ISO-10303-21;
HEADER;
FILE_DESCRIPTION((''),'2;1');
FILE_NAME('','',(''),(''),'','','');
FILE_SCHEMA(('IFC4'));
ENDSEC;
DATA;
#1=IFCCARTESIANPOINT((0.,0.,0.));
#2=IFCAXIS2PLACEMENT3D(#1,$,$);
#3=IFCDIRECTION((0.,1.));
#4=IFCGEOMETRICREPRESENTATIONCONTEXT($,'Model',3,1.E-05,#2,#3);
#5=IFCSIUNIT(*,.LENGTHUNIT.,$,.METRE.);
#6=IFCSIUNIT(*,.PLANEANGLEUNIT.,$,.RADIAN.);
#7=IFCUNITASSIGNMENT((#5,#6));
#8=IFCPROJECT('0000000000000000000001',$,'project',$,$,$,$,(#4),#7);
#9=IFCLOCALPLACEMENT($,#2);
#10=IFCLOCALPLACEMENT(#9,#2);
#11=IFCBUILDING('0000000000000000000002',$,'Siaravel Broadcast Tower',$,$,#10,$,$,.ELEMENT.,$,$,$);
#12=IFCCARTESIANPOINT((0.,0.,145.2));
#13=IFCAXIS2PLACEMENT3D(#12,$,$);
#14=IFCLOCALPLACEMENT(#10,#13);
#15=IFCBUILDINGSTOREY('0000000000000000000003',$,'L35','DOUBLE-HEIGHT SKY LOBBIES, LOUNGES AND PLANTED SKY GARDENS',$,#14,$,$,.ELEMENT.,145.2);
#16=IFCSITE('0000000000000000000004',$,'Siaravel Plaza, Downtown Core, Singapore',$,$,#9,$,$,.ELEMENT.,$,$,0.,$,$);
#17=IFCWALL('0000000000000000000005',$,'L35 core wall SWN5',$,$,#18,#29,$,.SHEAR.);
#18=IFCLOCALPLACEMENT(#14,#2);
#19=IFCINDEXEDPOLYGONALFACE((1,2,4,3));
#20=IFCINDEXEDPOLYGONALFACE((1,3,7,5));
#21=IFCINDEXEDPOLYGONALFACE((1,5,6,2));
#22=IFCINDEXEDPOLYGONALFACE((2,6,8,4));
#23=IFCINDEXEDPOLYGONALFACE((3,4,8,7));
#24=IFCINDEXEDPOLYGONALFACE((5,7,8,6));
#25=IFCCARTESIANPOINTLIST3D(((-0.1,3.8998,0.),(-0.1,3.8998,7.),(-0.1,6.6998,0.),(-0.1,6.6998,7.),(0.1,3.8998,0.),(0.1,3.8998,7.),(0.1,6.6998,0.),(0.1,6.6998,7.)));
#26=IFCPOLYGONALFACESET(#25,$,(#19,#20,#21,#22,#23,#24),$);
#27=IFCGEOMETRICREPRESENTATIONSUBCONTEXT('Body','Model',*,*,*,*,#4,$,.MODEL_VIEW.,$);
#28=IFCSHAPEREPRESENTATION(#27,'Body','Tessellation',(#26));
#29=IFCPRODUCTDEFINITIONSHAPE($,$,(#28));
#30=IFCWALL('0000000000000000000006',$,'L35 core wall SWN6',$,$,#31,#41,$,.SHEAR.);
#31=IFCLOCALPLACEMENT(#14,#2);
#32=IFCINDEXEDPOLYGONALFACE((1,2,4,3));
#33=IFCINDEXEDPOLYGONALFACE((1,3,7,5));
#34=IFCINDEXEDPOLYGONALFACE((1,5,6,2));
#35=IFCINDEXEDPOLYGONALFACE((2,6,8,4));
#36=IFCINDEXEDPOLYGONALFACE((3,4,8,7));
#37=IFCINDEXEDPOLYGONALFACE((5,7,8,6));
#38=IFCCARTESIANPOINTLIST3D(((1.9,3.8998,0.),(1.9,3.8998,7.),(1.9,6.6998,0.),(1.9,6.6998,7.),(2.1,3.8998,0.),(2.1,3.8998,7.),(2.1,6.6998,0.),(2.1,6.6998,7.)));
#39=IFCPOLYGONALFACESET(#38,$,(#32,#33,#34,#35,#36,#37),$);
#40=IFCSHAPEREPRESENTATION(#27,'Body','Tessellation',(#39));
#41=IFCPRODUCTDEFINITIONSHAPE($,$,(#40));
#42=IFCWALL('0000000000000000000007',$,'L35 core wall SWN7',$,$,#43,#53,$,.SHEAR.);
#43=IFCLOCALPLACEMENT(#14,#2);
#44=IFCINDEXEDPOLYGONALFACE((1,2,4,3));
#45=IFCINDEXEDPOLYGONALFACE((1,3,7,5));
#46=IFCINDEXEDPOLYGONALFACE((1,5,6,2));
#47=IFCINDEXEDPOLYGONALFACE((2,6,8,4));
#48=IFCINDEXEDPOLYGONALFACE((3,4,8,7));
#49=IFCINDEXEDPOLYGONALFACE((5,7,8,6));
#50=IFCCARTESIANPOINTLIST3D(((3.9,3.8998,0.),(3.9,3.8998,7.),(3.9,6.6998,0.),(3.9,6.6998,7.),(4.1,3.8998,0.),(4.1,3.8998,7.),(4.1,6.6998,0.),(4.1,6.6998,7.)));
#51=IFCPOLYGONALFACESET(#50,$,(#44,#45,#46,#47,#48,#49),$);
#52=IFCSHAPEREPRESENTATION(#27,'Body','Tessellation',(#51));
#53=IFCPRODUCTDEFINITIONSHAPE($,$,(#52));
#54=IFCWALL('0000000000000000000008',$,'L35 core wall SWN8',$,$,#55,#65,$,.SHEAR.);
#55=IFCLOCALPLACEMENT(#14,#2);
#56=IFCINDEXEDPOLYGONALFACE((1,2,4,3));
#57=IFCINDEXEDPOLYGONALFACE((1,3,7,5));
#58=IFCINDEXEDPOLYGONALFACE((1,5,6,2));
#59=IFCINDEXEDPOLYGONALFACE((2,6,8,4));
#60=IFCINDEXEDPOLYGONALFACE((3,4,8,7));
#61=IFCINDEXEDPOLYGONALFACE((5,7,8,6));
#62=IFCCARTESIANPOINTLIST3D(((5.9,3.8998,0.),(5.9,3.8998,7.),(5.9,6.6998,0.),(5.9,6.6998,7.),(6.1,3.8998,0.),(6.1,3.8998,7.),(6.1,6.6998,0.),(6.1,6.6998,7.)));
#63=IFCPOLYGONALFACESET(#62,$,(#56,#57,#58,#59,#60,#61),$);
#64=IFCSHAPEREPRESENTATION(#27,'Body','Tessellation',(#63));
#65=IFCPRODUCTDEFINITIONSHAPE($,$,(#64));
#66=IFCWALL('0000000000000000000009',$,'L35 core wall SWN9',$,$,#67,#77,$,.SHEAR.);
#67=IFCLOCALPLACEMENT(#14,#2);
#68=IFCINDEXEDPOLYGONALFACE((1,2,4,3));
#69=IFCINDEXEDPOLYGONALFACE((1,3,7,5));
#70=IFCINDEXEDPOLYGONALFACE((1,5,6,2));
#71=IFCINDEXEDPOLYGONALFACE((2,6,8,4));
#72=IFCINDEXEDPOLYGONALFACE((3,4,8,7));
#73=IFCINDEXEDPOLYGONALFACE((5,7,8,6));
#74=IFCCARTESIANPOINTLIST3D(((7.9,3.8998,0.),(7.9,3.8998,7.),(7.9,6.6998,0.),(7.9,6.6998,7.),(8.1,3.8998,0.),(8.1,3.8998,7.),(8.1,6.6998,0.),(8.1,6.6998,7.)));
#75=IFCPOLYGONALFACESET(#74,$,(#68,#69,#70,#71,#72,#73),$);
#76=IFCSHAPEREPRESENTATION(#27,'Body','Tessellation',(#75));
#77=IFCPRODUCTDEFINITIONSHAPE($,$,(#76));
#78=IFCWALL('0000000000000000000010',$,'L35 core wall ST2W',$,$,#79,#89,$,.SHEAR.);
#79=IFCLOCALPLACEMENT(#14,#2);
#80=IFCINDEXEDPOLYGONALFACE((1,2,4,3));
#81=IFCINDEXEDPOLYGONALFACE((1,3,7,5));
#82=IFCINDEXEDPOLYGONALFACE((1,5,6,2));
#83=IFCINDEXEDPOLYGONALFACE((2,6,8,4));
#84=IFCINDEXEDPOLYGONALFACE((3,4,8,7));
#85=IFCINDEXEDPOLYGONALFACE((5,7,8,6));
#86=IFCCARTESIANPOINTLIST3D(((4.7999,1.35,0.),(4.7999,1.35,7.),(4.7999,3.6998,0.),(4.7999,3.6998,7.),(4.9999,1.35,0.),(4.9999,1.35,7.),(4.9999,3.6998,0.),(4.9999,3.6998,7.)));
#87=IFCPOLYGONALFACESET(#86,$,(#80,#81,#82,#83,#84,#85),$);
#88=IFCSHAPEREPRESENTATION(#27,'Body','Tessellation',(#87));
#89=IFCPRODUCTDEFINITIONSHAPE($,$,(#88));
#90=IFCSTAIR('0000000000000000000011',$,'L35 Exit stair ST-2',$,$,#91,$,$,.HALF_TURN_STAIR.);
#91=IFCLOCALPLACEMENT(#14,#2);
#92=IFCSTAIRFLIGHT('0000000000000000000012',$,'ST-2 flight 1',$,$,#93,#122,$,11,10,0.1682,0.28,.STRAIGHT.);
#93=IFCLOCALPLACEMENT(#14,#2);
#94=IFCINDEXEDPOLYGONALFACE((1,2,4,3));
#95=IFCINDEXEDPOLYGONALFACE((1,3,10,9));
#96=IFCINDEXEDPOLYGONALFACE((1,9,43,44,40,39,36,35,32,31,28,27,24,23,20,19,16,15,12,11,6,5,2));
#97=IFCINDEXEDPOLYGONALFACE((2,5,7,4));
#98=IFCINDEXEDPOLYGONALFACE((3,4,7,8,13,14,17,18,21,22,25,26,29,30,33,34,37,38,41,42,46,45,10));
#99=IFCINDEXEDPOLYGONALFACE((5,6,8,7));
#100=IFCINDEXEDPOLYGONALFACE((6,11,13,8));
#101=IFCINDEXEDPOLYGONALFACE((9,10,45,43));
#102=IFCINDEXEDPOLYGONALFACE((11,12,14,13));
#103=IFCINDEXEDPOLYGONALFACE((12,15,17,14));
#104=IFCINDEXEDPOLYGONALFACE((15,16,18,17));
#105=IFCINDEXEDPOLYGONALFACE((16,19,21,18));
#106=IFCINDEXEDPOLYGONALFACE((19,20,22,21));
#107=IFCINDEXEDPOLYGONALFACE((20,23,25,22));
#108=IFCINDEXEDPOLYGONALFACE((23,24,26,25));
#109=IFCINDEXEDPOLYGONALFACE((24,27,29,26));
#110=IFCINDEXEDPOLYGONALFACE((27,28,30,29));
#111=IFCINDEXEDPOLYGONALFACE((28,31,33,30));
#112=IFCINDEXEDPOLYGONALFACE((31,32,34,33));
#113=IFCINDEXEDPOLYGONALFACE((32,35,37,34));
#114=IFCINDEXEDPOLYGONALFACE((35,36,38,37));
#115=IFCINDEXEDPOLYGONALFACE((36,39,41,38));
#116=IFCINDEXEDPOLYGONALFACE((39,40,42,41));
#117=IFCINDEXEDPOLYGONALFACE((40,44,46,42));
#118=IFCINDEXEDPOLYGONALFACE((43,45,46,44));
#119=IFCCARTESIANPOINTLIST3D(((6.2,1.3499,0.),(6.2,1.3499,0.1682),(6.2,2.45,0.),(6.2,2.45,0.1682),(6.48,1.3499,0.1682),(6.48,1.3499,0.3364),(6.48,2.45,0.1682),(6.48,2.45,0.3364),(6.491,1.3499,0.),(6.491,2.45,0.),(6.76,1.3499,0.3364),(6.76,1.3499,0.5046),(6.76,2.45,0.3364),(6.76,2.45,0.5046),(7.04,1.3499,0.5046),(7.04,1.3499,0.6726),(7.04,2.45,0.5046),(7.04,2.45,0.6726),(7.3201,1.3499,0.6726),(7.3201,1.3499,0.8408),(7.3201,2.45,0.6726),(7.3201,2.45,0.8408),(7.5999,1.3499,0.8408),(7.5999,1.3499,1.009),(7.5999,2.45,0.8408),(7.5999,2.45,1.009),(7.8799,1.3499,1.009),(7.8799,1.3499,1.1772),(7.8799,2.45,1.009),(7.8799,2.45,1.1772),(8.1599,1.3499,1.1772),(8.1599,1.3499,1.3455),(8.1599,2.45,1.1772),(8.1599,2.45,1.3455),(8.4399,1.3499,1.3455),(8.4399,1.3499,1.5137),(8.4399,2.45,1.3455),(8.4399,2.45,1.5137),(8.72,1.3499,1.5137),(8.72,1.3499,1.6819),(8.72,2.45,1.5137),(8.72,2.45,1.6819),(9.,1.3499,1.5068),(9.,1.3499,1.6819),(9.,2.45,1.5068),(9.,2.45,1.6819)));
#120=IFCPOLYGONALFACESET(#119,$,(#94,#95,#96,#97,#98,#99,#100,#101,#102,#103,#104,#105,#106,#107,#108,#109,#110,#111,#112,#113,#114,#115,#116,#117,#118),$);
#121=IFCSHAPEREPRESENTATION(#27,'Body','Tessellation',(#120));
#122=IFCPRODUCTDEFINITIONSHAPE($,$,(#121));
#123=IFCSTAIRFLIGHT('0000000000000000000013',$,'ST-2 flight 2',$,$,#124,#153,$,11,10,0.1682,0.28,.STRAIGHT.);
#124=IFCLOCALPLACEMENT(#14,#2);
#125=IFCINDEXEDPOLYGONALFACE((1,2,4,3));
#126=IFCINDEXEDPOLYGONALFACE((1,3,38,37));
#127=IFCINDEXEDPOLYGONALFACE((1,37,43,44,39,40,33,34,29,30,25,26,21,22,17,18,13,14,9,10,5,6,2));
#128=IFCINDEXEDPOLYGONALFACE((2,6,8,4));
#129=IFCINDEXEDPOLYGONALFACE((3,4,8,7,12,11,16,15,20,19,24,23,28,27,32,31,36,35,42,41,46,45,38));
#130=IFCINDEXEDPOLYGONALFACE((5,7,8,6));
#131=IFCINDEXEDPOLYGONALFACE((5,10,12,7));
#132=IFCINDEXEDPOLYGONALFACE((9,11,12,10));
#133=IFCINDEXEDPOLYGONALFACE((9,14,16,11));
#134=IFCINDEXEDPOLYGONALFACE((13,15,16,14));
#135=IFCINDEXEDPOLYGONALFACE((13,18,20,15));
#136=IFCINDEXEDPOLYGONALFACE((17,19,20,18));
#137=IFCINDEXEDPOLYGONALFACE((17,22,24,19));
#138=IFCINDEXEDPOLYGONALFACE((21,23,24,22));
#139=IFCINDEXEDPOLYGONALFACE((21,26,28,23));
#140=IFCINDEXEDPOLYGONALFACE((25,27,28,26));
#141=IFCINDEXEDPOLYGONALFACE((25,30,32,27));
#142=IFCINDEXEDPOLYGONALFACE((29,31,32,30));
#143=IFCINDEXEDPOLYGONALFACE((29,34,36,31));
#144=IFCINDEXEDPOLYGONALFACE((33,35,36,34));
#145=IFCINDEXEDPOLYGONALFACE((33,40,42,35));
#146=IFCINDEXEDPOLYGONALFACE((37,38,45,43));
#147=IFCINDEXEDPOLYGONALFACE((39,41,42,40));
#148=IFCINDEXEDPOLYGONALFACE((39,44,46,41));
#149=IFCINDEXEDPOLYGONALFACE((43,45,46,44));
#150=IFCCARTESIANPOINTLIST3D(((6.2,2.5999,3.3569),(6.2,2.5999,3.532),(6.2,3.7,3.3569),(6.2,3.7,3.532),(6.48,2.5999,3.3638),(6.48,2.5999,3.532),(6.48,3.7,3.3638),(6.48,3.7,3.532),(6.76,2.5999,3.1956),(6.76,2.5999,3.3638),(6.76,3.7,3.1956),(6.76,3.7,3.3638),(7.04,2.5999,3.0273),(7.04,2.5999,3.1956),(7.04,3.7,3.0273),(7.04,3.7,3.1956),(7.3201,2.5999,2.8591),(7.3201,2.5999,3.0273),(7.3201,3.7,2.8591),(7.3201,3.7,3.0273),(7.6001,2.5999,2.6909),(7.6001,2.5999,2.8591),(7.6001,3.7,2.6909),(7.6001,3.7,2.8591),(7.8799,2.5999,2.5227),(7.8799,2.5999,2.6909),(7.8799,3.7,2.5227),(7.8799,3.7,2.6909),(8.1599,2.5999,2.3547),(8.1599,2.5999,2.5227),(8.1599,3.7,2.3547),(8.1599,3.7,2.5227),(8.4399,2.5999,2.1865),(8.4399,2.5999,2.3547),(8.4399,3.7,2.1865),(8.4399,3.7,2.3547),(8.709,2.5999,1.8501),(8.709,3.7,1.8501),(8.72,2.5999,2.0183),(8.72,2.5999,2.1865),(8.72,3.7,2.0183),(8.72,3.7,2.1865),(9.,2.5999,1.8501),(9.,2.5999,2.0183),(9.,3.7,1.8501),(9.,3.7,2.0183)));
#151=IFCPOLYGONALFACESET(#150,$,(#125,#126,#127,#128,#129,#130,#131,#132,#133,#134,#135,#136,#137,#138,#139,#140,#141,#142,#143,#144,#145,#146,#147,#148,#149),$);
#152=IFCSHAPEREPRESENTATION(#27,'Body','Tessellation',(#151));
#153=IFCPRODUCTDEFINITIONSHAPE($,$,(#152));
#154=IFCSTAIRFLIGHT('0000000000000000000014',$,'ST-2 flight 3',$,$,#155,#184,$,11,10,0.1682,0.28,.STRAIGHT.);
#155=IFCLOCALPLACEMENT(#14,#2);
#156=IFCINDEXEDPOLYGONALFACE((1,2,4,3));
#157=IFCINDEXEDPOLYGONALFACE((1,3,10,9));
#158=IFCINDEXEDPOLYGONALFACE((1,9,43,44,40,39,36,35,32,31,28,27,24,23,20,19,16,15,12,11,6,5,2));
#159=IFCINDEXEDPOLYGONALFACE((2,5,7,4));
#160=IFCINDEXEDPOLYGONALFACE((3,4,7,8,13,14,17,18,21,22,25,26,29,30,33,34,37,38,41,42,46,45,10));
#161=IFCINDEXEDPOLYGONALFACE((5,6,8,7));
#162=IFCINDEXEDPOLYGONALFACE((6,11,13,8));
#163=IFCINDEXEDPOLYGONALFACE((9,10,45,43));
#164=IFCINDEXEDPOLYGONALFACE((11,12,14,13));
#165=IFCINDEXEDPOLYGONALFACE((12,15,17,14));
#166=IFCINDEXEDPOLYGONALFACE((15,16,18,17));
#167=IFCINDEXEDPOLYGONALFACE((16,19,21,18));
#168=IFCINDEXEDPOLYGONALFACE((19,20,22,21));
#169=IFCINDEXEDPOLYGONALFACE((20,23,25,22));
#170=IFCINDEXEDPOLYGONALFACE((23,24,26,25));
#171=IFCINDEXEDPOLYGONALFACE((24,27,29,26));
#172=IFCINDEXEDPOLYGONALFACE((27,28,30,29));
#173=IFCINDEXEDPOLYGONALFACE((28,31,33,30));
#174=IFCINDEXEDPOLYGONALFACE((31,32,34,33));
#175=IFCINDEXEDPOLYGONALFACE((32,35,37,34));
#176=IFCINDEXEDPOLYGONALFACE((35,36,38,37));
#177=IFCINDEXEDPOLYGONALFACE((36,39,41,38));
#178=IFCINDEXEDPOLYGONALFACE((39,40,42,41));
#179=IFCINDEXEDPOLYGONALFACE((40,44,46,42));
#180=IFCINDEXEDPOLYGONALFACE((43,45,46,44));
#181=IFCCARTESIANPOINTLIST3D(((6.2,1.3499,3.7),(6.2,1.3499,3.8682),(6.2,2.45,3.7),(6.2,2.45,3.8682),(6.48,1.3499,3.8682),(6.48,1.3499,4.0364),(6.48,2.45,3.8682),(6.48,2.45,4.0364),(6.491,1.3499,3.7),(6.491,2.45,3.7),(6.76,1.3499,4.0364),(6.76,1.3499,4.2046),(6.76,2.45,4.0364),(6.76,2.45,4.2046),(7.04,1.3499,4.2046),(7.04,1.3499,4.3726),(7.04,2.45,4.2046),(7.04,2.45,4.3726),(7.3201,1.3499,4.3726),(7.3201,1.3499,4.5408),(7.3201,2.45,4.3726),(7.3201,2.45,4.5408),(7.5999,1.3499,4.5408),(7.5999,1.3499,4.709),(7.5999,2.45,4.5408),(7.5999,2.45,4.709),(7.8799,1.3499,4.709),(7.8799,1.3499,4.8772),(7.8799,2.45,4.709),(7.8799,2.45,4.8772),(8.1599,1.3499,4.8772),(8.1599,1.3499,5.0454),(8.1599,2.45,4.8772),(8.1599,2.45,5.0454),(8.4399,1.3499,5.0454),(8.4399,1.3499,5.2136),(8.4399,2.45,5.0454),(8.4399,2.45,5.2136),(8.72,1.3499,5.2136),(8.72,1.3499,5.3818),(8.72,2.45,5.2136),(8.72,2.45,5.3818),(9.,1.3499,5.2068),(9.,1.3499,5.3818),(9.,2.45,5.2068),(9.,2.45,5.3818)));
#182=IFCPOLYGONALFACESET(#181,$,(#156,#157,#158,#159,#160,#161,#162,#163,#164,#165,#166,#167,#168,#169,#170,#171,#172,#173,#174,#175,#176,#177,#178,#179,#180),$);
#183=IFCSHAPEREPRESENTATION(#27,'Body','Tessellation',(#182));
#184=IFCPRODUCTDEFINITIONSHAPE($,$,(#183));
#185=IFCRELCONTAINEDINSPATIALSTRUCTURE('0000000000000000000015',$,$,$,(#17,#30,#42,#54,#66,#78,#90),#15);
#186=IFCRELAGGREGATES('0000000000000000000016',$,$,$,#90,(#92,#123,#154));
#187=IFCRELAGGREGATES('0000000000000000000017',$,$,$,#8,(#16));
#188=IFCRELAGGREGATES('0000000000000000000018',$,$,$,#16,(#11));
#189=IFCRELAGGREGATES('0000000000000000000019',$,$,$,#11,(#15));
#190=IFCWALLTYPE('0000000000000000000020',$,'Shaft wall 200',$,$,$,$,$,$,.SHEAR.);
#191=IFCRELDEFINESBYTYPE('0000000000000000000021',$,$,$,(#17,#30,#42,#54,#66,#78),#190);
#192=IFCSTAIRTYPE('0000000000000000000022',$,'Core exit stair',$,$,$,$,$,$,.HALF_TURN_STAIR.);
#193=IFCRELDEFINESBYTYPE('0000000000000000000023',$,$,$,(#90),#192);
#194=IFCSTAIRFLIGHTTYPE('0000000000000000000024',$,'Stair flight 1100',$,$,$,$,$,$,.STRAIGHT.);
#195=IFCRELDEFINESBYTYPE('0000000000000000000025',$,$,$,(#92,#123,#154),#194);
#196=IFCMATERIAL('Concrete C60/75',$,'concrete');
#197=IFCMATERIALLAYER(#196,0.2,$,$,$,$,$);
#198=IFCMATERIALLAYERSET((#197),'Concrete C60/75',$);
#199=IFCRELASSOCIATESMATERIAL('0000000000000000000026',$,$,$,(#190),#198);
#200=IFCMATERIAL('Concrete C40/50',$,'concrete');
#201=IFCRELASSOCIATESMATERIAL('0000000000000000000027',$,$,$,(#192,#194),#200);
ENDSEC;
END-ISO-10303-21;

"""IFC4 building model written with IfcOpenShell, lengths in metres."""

from ifc_helpers import new_model, si_unit, direction, frame, frame_2d, origin, place, context, subcontext, project, spatial, polyline, rectangle, outline, extrude, material, layer, layer_set, type_object, element, aggregate, save


model = new_model("IFC4")

# Units and contexts
model_context = context("Model", 3, precision=1e-05, world=origin(), true_north=direction((0.0, 1.0)))
body_context = subcontext(model_context, "Body", "Model", "MODEL_VIEW")
ifc_project = project(units=[si_unit("LENGTHUNIT", "METRE"), si_unit("PLANEANGLEUNIT", "RADIAN")], contexts=[model_context])

# Site, building, storey
site_placement = place(None, origin())
site = spatial("IfcSite", under=ifc_project, at=site_placement, Name="Siaravel Plaza, Downtown Core, Singapore", CompositionType="ELEMENT", RefElevation=0.0)
building_placement = place(site_placement, origin())
building = spatial("IfcBuilding", under=site, at=building_placement, Name="Siaravel Broadcast Tower", CompositionType="ELEMENT")
storey_placement = place(building_placement, frame((0.0, 0.0, 145.2)))
storey = spatial("IfcBuildingStorey", under=building, at=storey_placement, Name="L35", Description="DOUBLE-HEIGHT SKY LOBBIES, LOUNGES AND PLANTED SKY GARDENS", CompositionType="ELEMENT", Elevation=145.2)

# Shared definitions
ifc_material_1 = material(Name="Concrete C60/75", Category="concrete")

# Walls
ifc_layer_1 = layer(ifc_material_1, 0.2)
ifc_layer_set_1 = layer_set([ifc_layer_1], Name="Concrete C60/75")
wall_type_1 = type_object("IfcWallType", Name="Shaft wall 200", PredefinedType="SHEAR", material=ifc_layer_set_1)
for number, where, z_axis, x_axis, name in (
    (1, (0.0, 3.8999, 0.0), (0.0, 0.0, 1.0), (0.0, 1.0, 0.0), "L35 core wall SWN5"),
    (2, (2.0, 3.8999, 0.0), (0.0, 0.0, 1.0), (0.0, 1.0, 0.0), "L35 core wall SWN6"),
    (3, (4.0, 3.8999, 0.0), (0.0, 0.0, 1.0), (0.0, 1.0, 0.0), "L35 core wall SWN7"),
    (4, (6.0, 3.8999, 0.0), (0.0, 0.0, 1.0), (0.0, 1.0, 0.0), "L35 core wall SWN8"),
    (5, (8.0, 3.8999, 0.0), (0.0, 0.0, 1.0), (0.0, 1.0, 0.0), "L35 core wall SWN9"),
):
    element("IfcWall", number, at=place(storey_placement, frame(where, z_axis=z_axis, x_axis=x_axis)), inside=storey, type_object=wall_type_1, Name=name, PredefinedType="SHEAR", context=body_context, shape_type="SweptSolid", body=[
        extrude(rectangle(XDim=2.8, YDim=0.2, at=frame_2d((1.3999, 0.0))), origin(), (0.0, 0.0, 1.0), 7.0),
    ])
wall_1_placement = place(storey_placement, frame((4.8999, 1.3501, 0.0), z_axis=(0.0, 0.0, 1.0), x_axis=(0.0, 1.0, 0.0)))
element("IfcWall", 6, at=wall_1_placement, inside=storey, type_object=wall_type_1, Name="L35 core wall ST2W", PredefinedType="SHEAR", context=body_context, shape_type="SweptSolid", body=[
    extrude(rectangle(XDim=2.3499, YDim=0.2, at=frame_2d((1.1748, 0.0))), origin(), (0.0, 0.0, 1.0), 7.0),
])

# Stair, stair flights
ifc_material_2 = material(Name="Concrete C40/50", Category="concrete")
stair_type = type_object("IfcStairType", Name="Core exit stair", PredefinedType="HALF_TURN_STAIR", material=ifc_material_2)
stair_placement = place(storey_placement, origin())
stair = element("IfcStair", 7, at=stair_placement, inside=storey, type_object=stair_type, Name="L35 Exit stair ST-2", PredefinedType="HALF_TURN_STAIR")
stair_flight_type = type_object("IfcStairFlightType", Name="Stair flight 1100", PredefinedType="STRAIGHT", material=ifc_material_2)
stair_flight_1_placement = place(storey_placement, frame((6.2, 1.8999, 0.0), z_axis=(0.0, 0.0, 1.0), x_axis=(1.0, 0.0, 0.0)))
stair_flight_1 = element("IfcStairFlight", 8, at=stair_flight_1_placement, type_object=stair_flight_type, Name="ST-2 flight 1", NumberOfRisers=11, NumberOfTreads=10, PredefinedType="STRAIGHT", RiserHeight=0.1682, TreadLength=0.28, context=body_context, shape_type="SweptSolid", body=[
    extrude(outline(polyline([(0.0, 0.0), (0.0, 0.1682), (0.28, 0.1682), (0.28, 0.3364), (0.5601, 0.3364), (0.5601, 0.5046), (0.8401, 0.5046), (0.8401, 0.6726), (1.1201, 0.6726), (1.1201, 0.8408), (1.3999, 0.8408), (1.3999, 1.009), (1.6799, 1.009), (1.6799, 1.1772), (1.96, 1.1772), (1.96, 1.3455), (2.24, 1.3455), (2.24, 1.5137), (2.52, 1.5137), (2.52, 1.6819), (2.8, 1.6819), (2.8, 1.8501), (2.8, 1.5068), (0.291, 0.0), (0.0, 0.0)])), frame((0.0, 0.55, 0.0), z_axis=(0.0, -1.0, 0.0), x_axis=(1.0, 0.0, 0.0)), (0.0, 0.0, 1.0), 1.1001),
])
stair_flight_2_placement = place(storey_placement, frame((9.0, 3.1499, 1.8501), z_axis=(0.0, 0.0, 1.0), x_axis=(-1.0, 0.0, 0.0)))
stair_flight_2 = element("IfcStairFlight", 9, at=stair_flight_2_placement, type_object=stair_flight_type, Name="ST-2 flight 2", NumberOfRisers=11, NumberOfTreads=10, PredefinedType="STRAIGHT", RiserHeight=0.1682, TreadLength=0.28, context=body_context, shape_type="SweptSolid", body=[
    extrude(outline(polyline([(0.0, 0.0), (0.0, 0.1682), (0.28, 0.1682), (0.28, 0.3364), (0.5601, 0.3364), (0.5601, 0.5046), (0.8401, 0.5046), (0.8401, 0.6726), (1.1201, 0.6726), (1.1201, 0.8408), (1.3999, 0.8408), (1.3999, 1.009), (1.6799, 1.009), (1.6799, 1.1772), (1.96, 1.1772), (1.96, 1.3455), (2.24, 1.3455), (2.24, 1.5137), (2.52, 1.5137), (2.52, 1.6819), (2.8, 1.6819), (2.8, 1.8501), (2.8, 1.5068), (0.291, 0.0), (0.0, 0.0)])), frame((0.0, 0.55, 0.0), z_axis=(0.0, -1.0, 0.0), x_axis=(1.0, 0.0, 0.0)), (0.0, 0.0, 1.0), 1.1001),
])
stair_flight_3_placement = place(storey_placement, frame((6.2, 1.8999, 3.7), z_axis=(0.0, 0.0, 1.0), x_axis=(1.0, 0.0, 0.0)))
stair_flight_3 = element("IfcStairFlight", 10, at=stair_flight_3_placement, type_object=stair_flight_type, Name="ST-2 flight 3", NumberOfRisers=11, NumberOfTreads=10, PredefinedType="STRAIGHT", RiserHeight=0.1682, TreadLength=0.28, context=body_context, shape_type="SweptSolid", body=[
    extrude(outline(polyline([(0.0, 0.0), (0.0, 0.1682), (0.28, 0.1682), (0.28, 0.3364), (0.5601, 0.3364), (0.5601, 0.5046), (0.8401, 0.5046), (0.8401, 0.6726), (1.1201, 0.6726), (1.1201, 0.8408), (1.3999, 0.8408), (1.3999, 1.009), (1.6799, 1.009), (1.6799, 1.1772), (1.96, 1.1772), (1.96, 1.3455), (2.24, 1.3455), (2.24, 1.5137), (2.52, 1.5137), (2.52, 1.6819), (2.8, 1.6819), (2.8, 1.8501), (2.8, 1.5068), (0.291, 0.0), (0.0, 0.0)])), frame((0.0, 0.55, 0.0), z_axis=(0.0, -1.0, 0.0), x_axis=(1.0, 0.0, 0.0)), (0.0, 0.0, 1.0), 1.1001),
])
aggregate(stair, [stair_flight_1, stair_flight_2, stair_flight_3])

save(model, "model.ifc")
